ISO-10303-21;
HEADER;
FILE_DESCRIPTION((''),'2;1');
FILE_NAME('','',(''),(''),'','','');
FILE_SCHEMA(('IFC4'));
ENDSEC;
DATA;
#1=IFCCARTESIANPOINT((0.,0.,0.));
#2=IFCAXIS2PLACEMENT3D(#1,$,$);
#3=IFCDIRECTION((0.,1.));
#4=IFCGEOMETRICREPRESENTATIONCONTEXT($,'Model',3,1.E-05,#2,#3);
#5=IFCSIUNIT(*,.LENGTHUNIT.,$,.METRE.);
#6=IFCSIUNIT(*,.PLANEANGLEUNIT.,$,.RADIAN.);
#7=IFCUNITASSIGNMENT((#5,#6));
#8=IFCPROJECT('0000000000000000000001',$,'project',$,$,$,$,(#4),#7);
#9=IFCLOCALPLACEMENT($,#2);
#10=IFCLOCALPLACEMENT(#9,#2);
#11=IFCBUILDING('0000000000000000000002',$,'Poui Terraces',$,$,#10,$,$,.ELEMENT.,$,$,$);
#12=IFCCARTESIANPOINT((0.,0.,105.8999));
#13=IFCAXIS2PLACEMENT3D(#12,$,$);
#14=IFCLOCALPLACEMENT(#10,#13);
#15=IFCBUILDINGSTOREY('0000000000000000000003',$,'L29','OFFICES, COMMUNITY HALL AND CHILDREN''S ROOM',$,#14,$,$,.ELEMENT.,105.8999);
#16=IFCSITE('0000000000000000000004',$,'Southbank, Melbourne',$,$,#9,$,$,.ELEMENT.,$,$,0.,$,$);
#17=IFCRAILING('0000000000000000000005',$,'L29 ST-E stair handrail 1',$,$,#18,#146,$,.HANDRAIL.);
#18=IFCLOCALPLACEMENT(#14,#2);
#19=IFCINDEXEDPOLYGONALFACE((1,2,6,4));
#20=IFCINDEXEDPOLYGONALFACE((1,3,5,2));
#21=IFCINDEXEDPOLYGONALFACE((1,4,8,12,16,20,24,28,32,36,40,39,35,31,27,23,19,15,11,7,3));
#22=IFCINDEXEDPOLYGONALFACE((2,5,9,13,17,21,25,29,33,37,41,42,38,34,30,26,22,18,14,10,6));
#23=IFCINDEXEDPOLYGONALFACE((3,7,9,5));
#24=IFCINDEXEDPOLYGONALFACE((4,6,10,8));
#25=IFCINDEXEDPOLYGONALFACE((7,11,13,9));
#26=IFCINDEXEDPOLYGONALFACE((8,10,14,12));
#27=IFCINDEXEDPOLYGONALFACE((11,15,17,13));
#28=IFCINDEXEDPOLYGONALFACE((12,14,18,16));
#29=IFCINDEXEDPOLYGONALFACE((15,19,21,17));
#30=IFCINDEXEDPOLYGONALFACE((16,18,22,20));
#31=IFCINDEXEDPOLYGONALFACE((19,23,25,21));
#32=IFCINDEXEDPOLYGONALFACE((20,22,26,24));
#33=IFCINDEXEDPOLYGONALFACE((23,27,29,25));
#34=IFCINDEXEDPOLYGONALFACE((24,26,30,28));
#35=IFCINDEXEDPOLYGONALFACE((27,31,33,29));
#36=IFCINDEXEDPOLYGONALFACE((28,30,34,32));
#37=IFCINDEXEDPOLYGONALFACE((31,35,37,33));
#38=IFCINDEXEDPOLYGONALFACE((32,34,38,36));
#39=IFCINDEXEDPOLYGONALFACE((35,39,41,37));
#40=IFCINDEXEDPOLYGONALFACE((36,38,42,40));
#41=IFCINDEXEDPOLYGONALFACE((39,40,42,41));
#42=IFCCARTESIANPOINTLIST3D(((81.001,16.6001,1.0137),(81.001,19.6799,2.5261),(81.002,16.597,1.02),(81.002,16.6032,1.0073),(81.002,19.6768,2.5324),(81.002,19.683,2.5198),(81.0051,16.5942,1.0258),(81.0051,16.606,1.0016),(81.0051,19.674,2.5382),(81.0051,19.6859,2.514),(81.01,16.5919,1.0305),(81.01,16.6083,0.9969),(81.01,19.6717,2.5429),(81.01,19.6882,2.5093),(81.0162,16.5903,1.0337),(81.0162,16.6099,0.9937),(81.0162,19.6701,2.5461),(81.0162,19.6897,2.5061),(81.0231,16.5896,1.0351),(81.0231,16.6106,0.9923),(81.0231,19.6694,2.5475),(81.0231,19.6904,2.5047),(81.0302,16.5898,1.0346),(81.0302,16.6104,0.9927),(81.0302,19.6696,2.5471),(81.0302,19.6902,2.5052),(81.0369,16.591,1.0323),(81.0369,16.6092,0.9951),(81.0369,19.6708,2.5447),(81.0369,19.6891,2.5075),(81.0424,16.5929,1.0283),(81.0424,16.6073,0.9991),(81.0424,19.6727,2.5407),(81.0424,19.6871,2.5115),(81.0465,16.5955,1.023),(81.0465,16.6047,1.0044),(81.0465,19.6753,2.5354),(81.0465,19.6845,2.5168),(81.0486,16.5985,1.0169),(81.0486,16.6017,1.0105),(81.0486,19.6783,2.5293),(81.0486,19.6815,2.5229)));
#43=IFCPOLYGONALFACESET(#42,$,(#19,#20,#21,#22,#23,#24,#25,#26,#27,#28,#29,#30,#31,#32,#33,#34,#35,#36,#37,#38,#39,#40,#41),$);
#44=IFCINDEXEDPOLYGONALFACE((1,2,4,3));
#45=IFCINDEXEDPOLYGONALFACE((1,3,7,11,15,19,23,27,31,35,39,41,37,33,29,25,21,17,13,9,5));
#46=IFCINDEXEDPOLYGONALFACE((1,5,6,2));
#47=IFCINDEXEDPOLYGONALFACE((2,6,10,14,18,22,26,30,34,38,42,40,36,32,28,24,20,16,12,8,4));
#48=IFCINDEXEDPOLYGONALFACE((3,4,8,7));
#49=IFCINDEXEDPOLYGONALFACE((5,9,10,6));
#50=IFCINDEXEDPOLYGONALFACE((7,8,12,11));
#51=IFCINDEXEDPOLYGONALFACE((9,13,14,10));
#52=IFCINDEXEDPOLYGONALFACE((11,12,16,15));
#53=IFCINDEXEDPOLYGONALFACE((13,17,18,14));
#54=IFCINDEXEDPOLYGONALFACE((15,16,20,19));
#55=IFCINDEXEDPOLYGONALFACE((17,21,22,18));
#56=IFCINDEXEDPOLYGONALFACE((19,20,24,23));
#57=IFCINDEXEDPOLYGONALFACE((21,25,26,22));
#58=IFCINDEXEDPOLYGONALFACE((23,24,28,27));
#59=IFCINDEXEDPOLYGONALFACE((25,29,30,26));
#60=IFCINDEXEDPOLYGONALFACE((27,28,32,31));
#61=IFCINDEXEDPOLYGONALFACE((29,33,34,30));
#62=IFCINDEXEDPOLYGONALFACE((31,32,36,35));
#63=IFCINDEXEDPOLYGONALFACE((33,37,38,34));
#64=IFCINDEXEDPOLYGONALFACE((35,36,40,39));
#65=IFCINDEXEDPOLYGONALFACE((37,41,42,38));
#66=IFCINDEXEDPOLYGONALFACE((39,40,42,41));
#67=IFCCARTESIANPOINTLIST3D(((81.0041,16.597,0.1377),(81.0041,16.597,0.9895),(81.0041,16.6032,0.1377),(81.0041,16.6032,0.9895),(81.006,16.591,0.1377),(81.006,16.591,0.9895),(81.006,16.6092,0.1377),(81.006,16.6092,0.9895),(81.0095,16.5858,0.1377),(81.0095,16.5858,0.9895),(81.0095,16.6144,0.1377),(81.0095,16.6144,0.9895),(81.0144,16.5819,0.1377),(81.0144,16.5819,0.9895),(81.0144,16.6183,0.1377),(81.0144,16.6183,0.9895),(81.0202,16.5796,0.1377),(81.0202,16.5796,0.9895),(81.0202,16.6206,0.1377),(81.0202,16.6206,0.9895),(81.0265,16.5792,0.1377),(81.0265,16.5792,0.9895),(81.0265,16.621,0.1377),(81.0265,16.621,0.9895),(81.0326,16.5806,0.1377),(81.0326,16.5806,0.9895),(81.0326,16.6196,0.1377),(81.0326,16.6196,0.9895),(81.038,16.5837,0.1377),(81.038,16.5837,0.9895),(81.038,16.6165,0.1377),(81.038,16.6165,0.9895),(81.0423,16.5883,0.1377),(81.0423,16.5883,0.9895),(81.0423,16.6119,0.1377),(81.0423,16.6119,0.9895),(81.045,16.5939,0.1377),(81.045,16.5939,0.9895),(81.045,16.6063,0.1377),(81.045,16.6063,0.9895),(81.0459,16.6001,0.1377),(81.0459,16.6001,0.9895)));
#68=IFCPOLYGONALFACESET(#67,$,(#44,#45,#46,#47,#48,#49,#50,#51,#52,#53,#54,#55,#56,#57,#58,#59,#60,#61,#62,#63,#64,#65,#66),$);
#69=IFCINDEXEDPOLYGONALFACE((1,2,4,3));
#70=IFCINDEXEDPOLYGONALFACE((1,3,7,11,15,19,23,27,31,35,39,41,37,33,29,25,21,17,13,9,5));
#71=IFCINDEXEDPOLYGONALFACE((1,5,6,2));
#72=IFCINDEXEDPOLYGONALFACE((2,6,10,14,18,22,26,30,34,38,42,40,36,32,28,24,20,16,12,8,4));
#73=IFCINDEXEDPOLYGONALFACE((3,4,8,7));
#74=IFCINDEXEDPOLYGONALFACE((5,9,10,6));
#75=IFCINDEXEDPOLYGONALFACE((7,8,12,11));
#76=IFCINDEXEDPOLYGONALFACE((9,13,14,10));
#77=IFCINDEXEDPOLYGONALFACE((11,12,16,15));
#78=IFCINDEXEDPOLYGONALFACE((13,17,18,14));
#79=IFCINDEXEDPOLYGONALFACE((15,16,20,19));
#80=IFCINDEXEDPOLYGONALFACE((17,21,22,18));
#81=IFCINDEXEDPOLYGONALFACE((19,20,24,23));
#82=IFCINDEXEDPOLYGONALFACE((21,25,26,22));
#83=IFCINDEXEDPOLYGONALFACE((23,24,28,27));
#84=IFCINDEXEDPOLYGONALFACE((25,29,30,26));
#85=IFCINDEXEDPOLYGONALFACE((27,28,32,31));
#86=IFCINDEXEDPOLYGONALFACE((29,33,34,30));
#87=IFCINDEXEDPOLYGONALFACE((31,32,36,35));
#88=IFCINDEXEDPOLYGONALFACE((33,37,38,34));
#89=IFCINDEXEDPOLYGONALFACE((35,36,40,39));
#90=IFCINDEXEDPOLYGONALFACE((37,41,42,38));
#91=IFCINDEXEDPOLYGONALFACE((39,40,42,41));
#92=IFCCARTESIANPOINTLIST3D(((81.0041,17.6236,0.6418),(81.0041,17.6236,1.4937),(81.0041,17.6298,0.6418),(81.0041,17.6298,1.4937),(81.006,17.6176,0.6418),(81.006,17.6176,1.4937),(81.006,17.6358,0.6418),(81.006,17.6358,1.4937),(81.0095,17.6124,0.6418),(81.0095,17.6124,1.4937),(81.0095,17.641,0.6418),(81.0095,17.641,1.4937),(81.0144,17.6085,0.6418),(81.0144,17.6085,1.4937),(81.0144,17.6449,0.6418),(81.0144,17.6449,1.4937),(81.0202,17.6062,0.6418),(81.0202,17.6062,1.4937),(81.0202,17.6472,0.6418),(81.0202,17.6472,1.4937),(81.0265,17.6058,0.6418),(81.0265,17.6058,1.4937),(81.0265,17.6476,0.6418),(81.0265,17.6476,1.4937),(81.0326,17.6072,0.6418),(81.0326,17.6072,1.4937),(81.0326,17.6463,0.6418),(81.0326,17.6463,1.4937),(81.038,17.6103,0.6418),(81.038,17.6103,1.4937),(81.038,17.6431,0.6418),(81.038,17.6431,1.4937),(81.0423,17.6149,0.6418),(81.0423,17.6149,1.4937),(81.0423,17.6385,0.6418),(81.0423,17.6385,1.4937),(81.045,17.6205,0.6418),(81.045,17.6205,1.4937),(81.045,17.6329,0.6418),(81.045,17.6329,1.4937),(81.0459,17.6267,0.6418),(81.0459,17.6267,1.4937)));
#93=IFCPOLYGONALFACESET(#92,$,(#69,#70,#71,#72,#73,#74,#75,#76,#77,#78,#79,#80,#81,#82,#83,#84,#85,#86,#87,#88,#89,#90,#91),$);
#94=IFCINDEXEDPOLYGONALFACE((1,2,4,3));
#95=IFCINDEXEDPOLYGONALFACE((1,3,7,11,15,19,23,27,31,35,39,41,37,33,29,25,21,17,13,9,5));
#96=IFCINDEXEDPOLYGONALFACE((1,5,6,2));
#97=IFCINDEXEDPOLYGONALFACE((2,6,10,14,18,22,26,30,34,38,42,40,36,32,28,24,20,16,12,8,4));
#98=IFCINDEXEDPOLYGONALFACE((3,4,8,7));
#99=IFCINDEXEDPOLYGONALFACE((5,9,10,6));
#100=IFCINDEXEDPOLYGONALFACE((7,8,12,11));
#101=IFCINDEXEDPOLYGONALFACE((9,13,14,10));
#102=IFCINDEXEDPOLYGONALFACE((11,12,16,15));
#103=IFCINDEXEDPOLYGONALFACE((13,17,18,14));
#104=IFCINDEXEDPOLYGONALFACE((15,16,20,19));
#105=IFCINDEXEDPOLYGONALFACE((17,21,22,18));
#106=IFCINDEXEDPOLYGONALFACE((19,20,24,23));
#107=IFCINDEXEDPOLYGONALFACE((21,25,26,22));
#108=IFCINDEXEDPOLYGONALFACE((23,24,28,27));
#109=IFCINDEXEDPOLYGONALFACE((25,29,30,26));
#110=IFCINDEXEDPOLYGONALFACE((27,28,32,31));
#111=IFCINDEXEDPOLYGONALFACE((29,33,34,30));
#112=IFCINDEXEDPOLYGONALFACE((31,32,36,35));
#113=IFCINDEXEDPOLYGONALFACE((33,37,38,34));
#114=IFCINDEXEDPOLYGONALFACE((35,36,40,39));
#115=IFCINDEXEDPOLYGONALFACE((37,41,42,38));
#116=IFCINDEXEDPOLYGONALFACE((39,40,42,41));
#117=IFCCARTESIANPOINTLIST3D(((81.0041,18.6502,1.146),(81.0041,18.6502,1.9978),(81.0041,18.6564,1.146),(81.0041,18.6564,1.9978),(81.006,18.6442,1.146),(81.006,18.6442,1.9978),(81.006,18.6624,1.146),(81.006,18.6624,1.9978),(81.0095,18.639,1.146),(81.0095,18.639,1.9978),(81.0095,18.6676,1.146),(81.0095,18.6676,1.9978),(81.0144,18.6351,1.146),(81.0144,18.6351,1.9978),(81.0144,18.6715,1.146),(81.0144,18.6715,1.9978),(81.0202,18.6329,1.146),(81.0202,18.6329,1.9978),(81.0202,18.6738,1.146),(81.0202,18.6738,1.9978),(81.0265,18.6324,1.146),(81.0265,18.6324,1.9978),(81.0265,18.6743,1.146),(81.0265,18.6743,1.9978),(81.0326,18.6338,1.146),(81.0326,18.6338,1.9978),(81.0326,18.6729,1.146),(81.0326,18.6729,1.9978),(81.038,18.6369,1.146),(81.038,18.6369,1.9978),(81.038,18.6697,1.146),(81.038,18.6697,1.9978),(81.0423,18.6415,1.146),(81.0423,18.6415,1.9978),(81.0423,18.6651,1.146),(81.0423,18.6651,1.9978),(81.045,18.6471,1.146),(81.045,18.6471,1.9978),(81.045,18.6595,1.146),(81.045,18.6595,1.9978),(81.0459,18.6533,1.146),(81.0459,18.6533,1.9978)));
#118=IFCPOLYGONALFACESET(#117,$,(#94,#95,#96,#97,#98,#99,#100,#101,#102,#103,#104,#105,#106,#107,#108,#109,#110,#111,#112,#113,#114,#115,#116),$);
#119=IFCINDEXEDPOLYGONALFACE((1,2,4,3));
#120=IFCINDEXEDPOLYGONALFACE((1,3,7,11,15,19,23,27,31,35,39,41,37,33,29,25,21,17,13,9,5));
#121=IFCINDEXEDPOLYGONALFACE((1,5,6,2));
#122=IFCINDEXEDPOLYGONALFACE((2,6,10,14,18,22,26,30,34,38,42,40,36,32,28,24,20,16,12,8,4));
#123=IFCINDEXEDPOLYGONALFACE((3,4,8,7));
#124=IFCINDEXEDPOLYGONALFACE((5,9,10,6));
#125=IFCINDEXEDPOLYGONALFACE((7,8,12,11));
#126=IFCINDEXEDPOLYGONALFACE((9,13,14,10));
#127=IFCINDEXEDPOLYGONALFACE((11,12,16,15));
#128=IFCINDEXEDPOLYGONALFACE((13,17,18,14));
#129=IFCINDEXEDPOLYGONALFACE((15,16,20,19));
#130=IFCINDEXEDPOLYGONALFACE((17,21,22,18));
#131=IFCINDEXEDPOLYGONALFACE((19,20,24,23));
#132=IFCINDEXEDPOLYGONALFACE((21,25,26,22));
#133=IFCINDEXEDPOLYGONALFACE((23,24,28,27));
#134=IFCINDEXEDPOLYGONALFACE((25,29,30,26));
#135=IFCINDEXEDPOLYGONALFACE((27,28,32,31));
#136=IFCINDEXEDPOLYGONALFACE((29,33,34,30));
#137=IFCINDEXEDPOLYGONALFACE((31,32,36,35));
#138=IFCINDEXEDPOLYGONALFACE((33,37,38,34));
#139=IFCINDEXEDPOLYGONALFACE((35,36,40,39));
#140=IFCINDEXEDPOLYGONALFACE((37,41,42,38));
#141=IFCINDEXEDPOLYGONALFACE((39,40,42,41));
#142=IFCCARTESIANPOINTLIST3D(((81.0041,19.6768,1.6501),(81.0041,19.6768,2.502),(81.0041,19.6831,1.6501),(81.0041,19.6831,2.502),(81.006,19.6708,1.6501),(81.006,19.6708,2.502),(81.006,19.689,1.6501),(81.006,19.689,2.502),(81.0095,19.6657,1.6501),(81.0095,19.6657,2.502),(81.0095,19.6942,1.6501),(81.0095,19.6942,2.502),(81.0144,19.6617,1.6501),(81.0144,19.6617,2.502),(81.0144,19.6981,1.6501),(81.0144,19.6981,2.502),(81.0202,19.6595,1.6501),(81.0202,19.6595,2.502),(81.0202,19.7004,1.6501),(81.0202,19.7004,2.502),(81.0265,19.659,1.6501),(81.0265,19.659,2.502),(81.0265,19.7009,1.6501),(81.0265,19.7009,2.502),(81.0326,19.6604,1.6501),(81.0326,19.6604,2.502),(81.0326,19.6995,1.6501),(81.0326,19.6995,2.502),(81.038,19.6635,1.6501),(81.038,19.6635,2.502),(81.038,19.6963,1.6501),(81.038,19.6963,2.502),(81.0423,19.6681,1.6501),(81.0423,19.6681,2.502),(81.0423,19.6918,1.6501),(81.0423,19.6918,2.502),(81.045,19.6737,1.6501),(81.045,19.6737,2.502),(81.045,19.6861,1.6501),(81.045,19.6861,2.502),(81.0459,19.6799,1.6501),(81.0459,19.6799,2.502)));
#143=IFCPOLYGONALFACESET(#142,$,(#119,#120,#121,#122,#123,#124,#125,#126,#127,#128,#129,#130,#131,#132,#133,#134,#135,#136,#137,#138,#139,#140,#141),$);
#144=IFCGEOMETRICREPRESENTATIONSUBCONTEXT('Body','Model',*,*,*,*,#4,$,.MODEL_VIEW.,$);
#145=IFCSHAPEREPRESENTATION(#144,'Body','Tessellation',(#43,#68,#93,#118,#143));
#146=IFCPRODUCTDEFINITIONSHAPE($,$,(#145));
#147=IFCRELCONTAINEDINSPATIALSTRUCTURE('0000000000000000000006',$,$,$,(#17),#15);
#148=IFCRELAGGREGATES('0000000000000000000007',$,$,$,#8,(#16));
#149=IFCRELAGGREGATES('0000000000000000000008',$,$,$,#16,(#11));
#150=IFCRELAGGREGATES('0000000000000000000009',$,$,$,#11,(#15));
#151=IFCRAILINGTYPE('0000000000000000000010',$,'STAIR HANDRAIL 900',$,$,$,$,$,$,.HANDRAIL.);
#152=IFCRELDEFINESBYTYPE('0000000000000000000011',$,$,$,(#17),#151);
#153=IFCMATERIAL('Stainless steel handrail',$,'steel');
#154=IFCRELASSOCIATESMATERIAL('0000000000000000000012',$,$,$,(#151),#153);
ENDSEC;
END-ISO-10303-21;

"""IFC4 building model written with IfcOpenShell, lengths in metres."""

from ifc_helpers import new_model, si_unit, direction, frame, origin, origin_2d, place, context, subcontext, project, spatial, circle, extrude, material, type_object, element, save


model = new_model("IFC4")

# Units and contexts
model_context = context("Model", 3, precision=1e-05, world=origin(), true_north=direction((0.0, 1.0)))
body_context = subcontext(model_context, "Body", "Model", "MODEL_VIEW")
ifc_project = project(units=[si_unit("LENGTHUNIT", "METRE"), si_unit("PLANEANGLEUNIT", "RADIAN")], contexts=[model_context])

# Site, building, storey
site_placement = place(None, origin())
site = spatial("IfcSite", under=ifc_project, at=site_placement, Name="Southbank, Melbourne", CompositionType="ELEMENT", RefElevation=0.0)
building_placement = place(site_placement, origin())
building = spatial("IfcBuilding", under=site, at=building_placement, Name="Poui Terraces", CompositionType="ELEMENT")
storey_placement = place(building_placement, frame((0.0, 0.0, 105.8999)))
storey = spatial("IfcBuildingStorey", under=building, at=storey_placement, Name="L29", Description="OFFICES, COMMUNITY HALL AND CHILDREN'S ROOM", CompositionType="ELEMENT", Elevation=105.8999)

# Railing
ifc_material_1 = material(Name="Stainless steel handrail", Category="steel")
railing_type_1 = type_object("IfcRailingType", Name="STAIR HANDRAIL 900", PredefinedType="HANDRAIL", material=ifc_material_1)
railing_1_placement = place(storey_placement, frame((81.0249, 16.6001, 0.1377)))
element("IfcRailing", 1, at=railing_1_placement, inside=storey, type_object=railing_type_1, Name="L29 ST-E stair handrail 1", PredefinedType="HANDRAIL", context=body_context, shape_type="SweptSolid", body=[
    extrude(circle(Radius=0.0239, at=origin_2d()), frame((0.0, 0.0, 0.876), z_axis=(0.0, 0.897606, 0.440798), x_axis=(-1.0, 0.0, 0.0)), (0.0, 0.0, 1.0), 3.4312),
    extrude(circle(Radius=0.021, at=origin_2d()), origin(), (0.0, 0.0, 1.0), 0.8518),
    extrude(circle(Radius=0.021, at=origin_2d()), frame((0.0, 1.0266, 0.5042)), (0.0, 0.0, 1.0), 0.8518),
    extrude(circle(Radius=0.021, at=origin_2d()), frame((0.0, 2.0532, 1.0083)), (0.0, 0.0, 1.0), 0.8518),
    extrude(circle(Radius=0.021, at=origin_2d()), frame((0.0, 3.0798, 1.5125)), (0.0, 0.0, 1.0), 0.8518),
])

save(model, "model.ifc")
